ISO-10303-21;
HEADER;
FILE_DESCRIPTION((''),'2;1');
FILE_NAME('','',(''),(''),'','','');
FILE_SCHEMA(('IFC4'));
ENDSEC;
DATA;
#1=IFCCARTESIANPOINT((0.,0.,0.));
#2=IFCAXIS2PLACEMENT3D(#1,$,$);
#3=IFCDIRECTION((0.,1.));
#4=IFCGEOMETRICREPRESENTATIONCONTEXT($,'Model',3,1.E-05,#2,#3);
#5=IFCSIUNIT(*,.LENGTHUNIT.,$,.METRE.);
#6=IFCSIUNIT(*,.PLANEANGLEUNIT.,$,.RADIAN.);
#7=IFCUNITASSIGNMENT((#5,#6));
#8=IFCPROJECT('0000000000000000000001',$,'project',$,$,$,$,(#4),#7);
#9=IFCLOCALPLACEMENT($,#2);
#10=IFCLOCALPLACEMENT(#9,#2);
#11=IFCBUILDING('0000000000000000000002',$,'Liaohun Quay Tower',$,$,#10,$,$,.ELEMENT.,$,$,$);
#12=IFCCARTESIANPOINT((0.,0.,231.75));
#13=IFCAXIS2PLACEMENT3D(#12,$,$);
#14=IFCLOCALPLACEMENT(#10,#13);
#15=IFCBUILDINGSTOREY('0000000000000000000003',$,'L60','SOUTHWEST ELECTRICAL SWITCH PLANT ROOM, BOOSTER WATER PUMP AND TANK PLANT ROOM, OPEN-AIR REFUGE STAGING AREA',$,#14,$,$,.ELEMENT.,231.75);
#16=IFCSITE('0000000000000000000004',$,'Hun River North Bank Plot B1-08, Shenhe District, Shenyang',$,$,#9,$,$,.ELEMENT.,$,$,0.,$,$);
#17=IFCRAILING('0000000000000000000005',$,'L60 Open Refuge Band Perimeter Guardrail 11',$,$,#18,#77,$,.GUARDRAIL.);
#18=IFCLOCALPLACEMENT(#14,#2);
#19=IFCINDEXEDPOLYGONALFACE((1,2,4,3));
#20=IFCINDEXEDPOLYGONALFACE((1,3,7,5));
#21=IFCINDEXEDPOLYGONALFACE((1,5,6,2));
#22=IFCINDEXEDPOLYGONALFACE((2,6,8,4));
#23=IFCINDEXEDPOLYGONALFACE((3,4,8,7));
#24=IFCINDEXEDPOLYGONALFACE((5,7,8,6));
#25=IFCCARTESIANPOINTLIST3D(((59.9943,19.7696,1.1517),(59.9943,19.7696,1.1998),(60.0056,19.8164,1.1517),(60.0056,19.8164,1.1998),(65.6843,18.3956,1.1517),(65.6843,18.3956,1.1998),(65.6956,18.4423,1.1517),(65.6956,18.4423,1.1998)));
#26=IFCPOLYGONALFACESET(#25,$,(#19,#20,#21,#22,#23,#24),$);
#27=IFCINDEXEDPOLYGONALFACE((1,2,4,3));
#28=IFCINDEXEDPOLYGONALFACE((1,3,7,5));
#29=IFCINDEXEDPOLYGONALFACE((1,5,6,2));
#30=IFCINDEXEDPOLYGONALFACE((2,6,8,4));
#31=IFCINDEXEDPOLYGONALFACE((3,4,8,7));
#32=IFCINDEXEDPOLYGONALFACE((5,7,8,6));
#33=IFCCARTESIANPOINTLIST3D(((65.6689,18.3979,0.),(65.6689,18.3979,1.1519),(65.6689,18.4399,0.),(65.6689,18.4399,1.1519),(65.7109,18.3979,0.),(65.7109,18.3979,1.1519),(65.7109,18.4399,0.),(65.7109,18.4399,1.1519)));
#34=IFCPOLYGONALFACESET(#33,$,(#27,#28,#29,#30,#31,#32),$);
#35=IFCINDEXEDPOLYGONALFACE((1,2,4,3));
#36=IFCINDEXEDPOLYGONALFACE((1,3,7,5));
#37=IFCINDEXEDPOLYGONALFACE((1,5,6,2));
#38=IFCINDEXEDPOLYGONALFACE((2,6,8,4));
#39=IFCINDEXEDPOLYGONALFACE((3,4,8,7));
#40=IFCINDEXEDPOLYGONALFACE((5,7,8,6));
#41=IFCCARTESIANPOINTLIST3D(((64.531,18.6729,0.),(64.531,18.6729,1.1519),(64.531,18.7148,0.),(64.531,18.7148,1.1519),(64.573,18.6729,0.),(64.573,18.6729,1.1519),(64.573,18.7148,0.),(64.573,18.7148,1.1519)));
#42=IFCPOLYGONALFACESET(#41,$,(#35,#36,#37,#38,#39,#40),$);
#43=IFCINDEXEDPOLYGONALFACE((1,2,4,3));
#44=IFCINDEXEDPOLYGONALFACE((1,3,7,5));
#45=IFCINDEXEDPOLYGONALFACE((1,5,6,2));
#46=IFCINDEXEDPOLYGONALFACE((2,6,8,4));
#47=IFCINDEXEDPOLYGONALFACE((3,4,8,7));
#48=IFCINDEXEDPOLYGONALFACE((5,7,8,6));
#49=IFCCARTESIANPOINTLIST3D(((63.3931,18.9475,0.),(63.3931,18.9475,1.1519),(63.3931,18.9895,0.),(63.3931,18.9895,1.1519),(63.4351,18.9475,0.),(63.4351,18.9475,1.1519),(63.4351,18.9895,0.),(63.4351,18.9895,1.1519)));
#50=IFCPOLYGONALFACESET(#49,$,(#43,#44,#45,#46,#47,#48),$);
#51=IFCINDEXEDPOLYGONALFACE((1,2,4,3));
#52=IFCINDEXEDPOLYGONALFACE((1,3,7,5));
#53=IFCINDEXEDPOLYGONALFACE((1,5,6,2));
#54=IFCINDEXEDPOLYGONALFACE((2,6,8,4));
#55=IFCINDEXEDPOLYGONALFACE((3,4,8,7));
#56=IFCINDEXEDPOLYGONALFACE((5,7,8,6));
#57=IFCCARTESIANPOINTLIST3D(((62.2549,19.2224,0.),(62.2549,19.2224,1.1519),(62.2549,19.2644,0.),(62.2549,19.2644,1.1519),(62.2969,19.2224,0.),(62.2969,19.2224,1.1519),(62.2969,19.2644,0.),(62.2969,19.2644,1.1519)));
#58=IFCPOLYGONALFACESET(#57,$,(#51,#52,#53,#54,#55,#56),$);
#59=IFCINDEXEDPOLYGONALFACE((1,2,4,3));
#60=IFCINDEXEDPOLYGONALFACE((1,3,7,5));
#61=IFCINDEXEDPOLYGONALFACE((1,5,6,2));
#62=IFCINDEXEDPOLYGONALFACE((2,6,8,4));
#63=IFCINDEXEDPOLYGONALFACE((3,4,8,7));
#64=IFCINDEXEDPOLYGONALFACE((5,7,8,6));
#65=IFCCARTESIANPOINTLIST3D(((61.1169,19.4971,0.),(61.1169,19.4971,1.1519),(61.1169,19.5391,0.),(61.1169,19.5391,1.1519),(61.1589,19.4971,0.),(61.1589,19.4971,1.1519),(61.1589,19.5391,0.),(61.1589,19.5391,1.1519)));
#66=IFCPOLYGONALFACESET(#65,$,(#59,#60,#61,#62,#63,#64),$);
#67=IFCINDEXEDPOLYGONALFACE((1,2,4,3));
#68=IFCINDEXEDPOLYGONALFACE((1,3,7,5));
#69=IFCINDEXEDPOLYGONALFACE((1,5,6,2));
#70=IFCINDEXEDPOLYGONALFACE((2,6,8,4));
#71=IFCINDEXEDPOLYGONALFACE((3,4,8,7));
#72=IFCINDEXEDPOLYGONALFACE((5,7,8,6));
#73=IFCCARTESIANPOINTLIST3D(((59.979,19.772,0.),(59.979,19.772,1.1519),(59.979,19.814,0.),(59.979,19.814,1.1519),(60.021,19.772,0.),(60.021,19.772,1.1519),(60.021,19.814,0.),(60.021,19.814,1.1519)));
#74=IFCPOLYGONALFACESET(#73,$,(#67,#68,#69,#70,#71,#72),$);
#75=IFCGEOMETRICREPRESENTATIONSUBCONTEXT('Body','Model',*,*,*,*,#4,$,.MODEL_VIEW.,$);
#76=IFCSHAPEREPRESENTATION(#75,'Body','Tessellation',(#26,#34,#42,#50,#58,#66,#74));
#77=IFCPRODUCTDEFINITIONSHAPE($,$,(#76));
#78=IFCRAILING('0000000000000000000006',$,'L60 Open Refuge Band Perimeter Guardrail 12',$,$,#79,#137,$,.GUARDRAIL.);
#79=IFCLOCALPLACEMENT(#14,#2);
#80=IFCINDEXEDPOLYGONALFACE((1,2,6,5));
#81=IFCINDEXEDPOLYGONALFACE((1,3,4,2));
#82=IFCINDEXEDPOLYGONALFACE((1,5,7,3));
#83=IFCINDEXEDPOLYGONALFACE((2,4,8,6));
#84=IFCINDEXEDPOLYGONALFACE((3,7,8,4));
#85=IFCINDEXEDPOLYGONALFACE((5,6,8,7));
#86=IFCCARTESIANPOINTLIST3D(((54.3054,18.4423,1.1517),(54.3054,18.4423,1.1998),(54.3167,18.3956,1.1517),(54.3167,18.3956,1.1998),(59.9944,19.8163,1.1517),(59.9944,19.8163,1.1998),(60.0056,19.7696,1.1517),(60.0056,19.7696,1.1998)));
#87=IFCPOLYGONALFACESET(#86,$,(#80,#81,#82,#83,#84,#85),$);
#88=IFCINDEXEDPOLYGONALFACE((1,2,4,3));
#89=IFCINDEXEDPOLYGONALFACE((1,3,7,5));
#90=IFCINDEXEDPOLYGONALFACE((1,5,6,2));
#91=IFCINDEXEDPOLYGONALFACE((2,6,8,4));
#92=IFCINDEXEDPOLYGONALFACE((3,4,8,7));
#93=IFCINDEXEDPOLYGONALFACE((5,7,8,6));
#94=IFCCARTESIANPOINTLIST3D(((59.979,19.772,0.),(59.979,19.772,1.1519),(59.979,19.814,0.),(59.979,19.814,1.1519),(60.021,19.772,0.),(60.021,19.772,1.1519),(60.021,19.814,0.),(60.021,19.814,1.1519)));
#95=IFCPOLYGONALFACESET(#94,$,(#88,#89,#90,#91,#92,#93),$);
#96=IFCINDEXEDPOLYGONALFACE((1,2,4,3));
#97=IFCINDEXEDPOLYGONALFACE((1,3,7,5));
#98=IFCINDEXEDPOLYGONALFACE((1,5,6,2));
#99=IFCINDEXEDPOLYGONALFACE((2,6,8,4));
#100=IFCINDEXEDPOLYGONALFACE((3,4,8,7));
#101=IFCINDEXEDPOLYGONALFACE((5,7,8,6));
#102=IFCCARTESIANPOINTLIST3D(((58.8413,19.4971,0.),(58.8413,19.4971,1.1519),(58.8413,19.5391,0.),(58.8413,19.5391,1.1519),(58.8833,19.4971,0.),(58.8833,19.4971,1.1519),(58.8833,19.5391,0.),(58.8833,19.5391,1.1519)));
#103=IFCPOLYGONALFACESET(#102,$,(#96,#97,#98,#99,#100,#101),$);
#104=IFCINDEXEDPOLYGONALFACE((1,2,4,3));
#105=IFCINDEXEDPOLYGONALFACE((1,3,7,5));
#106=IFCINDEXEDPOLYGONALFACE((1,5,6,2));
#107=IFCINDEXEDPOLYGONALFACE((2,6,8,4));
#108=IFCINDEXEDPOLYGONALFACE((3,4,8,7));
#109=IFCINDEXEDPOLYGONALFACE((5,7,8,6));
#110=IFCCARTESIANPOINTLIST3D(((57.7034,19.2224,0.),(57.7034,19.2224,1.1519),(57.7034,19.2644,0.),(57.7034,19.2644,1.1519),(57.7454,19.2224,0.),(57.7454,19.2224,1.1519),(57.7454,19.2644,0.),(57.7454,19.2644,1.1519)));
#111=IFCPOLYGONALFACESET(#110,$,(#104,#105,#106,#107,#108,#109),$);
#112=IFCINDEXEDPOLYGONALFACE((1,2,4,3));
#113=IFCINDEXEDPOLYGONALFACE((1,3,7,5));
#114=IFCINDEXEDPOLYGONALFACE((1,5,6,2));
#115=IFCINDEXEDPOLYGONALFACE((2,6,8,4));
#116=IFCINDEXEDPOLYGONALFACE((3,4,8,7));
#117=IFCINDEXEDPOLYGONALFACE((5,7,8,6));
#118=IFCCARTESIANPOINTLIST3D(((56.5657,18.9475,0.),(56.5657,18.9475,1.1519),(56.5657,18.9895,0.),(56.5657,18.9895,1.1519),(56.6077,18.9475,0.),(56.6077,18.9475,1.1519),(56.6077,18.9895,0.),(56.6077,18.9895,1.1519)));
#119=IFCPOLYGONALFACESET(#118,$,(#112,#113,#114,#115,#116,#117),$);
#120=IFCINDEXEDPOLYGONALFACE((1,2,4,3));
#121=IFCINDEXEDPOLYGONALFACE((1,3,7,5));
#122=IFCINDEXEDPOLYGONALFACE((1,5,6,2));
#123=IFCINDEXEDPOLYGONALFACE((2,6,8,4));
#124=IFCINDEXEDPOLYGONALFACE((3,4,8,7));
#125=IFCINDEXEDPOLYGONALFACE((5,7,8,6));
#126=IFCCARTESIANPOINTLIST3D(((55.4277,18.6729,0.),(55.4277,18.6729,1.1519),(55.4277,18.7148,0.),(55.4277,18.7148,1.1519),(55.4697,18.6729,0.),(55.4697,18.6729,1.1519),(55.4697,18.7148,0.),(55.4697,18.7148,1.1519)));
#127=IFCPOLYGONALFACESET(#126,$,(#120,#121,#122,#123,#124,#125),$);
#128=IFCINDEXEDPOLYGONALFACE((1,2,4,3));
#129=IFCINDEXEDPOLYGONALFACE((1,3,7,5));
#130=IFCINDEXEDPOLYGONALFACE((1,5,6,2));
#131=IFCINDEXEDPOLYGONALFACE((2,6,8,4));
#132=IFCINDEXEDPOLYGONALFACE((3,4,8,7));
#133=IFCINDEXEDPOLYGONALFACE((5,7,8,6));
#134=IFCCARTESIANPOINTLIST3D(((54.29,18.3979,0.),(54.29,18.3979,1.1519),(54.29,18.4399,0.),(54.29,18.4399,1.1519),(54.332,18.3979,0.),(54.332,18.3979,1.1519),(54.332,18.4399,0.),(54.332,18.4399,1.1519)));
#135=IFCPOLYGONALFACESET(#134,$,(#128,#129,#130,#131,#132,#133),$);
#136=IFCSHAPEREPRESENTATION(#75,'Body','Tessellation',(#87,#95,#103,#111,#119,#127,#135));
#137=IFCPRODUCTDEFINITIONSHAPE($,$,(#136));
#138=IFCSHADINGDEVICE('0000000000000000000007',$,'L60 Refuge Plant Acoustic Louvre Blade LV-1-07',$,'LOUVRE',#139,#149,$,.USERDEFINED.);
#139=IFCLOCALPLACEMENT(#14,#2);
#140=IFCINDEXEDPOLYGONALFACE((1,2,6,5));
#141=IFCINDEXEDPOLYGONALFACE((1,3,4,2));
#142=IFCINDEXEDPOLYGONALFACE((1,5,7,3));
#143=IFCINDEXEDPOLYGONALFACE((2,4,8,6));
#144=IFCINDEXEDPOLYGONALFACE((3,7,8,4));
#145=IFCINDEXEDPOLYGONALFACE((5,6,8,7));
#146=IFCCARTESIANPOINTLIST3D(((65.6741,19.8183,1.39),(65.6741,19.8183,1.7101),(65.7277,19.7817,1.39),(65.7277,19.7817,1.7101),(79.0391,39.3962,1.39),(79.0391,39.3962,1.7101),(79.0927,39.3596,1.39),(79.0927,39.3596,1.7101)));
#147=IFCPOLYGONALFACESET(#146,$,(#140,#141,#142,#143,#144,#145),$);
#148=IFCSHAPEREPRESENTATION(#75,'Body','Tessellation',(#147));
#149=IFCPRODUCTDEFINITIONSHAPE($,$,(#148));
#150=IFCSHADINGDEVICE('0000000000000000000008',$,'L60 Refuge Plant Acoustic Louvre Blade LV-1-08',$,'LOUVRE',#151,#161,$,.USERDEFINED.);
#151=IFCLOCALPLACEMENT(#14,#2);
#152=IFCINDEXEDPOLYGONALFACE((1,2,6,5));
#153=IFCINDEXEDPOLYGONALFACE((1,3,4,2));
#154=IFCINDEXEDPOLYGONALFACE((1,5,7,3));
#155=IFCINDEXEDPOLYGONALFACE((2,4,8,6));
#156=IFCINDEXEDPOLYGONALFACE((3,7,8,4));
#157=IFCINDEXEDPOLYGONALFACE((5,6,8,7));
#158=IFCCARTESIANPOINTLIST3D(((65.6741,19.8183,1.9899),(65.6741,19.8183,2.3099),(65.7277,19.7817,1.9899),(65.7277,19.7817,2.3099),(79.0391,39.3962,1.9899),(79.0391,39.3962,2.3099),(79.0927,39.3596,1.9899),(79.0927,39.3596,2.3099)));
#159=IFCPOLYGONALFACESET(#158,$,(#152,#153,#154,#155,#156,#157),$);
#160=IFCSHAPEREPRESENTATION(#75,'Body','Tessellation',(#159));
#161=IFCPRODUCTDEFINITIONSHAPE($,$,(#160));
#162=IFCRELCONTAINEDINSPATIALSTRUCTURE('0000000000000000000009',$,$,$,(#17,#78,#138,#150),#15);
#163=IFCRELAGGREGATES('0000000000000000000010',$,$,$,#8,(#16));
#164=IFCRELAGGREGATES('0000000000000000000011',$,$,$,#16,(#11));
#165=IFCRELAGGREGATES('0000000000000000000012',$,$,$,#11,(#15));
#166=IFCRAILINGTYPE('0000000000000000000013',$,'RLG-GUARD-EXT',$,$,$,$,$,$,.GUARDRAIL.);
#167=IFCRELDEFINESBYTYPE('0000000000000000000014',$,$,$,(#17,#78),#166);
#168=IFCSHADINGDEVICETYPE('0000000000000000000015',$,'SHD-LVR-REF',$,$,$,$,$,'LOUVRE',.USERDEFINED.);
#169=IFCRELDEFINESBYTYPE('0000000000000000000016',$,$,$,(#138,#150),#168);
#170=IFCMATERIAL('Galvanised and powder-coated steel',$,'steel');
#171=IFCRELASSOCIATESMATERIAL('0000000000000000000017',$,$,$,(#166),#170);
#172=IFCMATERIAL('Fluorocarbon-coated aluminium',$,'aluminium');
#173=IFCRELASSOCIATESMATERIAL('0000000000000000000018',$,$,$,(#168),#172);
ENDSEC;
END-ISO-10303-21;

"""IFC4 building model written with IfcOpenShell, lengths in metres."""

from ifc_helpers import new_model, si_unit, direction, frame, origin, origin_2d, place, context, subcontext, project, spatial, rectangle, extrude, source, transform, mapped, material, material_profile, profile_set, type_object, element, save


model = new_model("IFC4")

# Units and contexts
model_context = context("Model", 3, precision=1e-05, world=origin(), true_north=direction((0.0, 1.0)))
body_context = subcontext(model_context, "Body", "Model", "MODEL_VIEW")
ifc_project = project(units=[si_unit("LENGTHUNIT", "METRE"), si_unit("PLANEANGLEUNIT", "RADIAN")], contexts=[model_context])

# Site, building, storey
site_placement = place(None, origin())
site = spatial("IfcSite", under=ifc_project, at=site_placement, Name="Hun River North Bank Plot B1-08, Shenhe District, Shenyang", CompositionType="ELEMENT", RefElevation=0.0)
building_placement = place(site_placement, origin())
building = spatial("IfcBuilding", under=site, at=building_placement, Name="Liaohun Quay Tower", CompositionType="ELEMENT")
storey_placement = place(building_placement, frame((0.0, 0.0, 231.75)))
storey = spatial("IfcBuildingStorey", under=building, at=storey_placement, Name="L60", Description="SOUTHWEST ELECTRICAL SWITCH PLANT ROOM, BOOSTER WATER PUMP AND TANK PLANT ROOM, OPEN-AIR REFUGE STAGING AREA", CompositionType="ELEMENT", Elevation=231.75)

# Railings
ifc_material_1 = material(Name="Galvanised and powder-coated steel", Category="steel")
railing_type = type_object("IfcRailingType", Name="RLG-GUARD-EXT", PredefinedType="GUARDRAIL", material=ifc_material_1)
railing_1_placement = place(storey_placement, frame((65.6899, 18.4189, 0.0)))
element("IfcRailing", 1, at=railing_1_placement, inside=storey, type_object=railing_type, Name="L60 Open Refuge Band Perimeter Guardrail 11", PredefinedType="GUARDRAIL", context=body_context, shape_type="SweptSolid", body=[
    extrude(rectangle(XDim=0.0481, YDim=0.0481, at=origin_2d()), frame((0.0, 0.0, 1.1758), z_axis=(-0.972059, 0.234736, 0.0), x_axis=(-0.234736, -0.972059, 0.0)), (0.0, 0.0, 1.0), 5.8535),
    extrude(rectangle(XDim=0.042, YDim=0.042, at=origin_2d()), origin(), (0.0, 0.0, 1.0), 1.1519),
    extrude(rectangle(XDim=0.042, YDim=0.042, at=origin_2d()), frame((-1.1379, 0.2749, 0.0)), (0.0, 0.0, 1.0), 1.1519),
    extrude(rectangle(XDim=0.042, YDim=0.042, at=origin_2d()), frame((-2.2759, 0.5496, 0.0)), (0.0, 0.0, 1.0), 1.1519),
    extrude(rectangle(XDim=0.042, YDim=0.042, at=origin_2d()), frame((-3.4141, 0.8245, 0.0)), (0.0, 0.0, 1.0), 1.1519),
    extrude(rectangle(XDim=0.042, YDim=0.042, at=origin_2d()), frame((-4.552, 1.0991, 0.0)), (0.0, 0.0, 1.0), 1.1519),
    extrude(rectangle(XDim=0.042, YDim=0.042, at=origin_2d()), frame((-5.6899, 1.374, 0.0)), (0.0, 0.0, 1.0), 1.1519),
])
railing_2_placement = place(storey_placement, frame((60.0, 19.793, 0.0)))
element("IfcRailing", 2, at=railing_2_placement, inside=storey, type_object=railing_type, Name="L60 Open Refuge Band Perimeter Guardrail 12", PredefinedType="GUARDRAIL", context=body_context, shape_type="SweptSolid", body=[
    extrude(rectangle(XDim=0.0481, YDim=0.0481, at=origin_2d()), frame((0.0, 0.0, 1.1758), z_axis=(-0.97205, -0.234774, 0.0), x_axis=(0.234774, -0.97205, 0.0)), (0.0, 0.0, 1.0), 5.8525),
    extrude(rectangle(XDim=0.042, YDim=0.042, at=origin_2d()), origin(), (0.0, 0.0, 1.0), 1.1519),
    extrude(rectangle(XDim=0.042, YDim=0.042, at=origin_2d()), frame((-1.1377, -0.2749, 0.0)), (0.0, 0.0, 1.0), 1.1519),
    extrude(rectangle(XDim=0.042, YDim=0.042, at=origin_2d()), frame((-2.2756, -0.5496, 0.0)), (0.0, 0.0, 1.0), 1.1519),
    extrude(rectangle(XDim=0.042, YDim=0.042, at=origin_2d()), frame((-3.4133, -0.8245, 0.0)), (0.0, 0.0, 1.0), 1.1519),
    extrude(rectangle(XDim=0.042, YDim=0.042, at=origin_2d()), frame((-4.5513, -1.0991, 0.0)), (0.0, 0.0, 1.0), 1.1519),
    extrude(rectangle(XDim=0.042, YDim=0.042, at=origin_2d()), frame((-5.689, -1.374, 0.0)), (0.0, 0.0, 1.0), 1.1519),
])

# Shading devices
ifc_material_2 = material(Name="Fluorocarbon-coated aluminium", Category="aluminium")
ifc_material_profile_1 = material_profile(ifc_material_2, rectangle(XDim=0.0649, YDim=0.3201, at=origin_2d()), Name="ALU-LVR-320x65")
ifc_profile_set_1 = profile_set([ifc_material_profile_1], Name="Fluorocarbon-coated aluminium")
shading_device_type = type_object("IfcShadingDeviceType", Name="SHD-LVR-REF", ElementType="LOUVRE", PredefinedType="USERDEFINED", material=ifc_profile_set_1)
shared_shape_1 = source(origin(), body_context, "Body", "SweptSolid", [
    extrude(rectangle(XDim=0.0649, YDim=0.3201, at=origin_2d()), origin(), (0.0, 0.0, 1.0), 23.7048),
])
for number, where, z_axis, x_axis, name in (
    (3, (79.0659, 39.3779, 1.55), (-0.56381, -0.825905, 0.0), (0.825905, -0.56381, 0.0), "L60 Refuge Plant Acoustic Louvre Blade LV-1-07"),
    (4, (79.0659, 39.3779, 2.1499), (-0.56381, -0.825905, 0.0), (0.825905, -0.56381, 0.0), "L60 Refuge Plant Acoustic Louvre Blade LV-1-08"),
):
    element("IfcShadingDevice", number, at=place(storey_placement, frame(where, z_axis=z_axis, x_axis=x_axis)), inside=storey, type_object=shading_device_type, Name=name, ObjectType="LOUVRE", PredefinedType="USERDEFINED", context=body_context, shape_type="MappedRepresentation", body=[
        mapped(shared_shape_1, transform((0.0, 0.0, 0.0), x_axis=(1.0, 0.0, 0.0), y_axis=(0.0, 1.0, 0.0), z_axis=(0.0, 0.0, 1.0), scale=1.0)),
    ])

save(model, "model.ifc")
